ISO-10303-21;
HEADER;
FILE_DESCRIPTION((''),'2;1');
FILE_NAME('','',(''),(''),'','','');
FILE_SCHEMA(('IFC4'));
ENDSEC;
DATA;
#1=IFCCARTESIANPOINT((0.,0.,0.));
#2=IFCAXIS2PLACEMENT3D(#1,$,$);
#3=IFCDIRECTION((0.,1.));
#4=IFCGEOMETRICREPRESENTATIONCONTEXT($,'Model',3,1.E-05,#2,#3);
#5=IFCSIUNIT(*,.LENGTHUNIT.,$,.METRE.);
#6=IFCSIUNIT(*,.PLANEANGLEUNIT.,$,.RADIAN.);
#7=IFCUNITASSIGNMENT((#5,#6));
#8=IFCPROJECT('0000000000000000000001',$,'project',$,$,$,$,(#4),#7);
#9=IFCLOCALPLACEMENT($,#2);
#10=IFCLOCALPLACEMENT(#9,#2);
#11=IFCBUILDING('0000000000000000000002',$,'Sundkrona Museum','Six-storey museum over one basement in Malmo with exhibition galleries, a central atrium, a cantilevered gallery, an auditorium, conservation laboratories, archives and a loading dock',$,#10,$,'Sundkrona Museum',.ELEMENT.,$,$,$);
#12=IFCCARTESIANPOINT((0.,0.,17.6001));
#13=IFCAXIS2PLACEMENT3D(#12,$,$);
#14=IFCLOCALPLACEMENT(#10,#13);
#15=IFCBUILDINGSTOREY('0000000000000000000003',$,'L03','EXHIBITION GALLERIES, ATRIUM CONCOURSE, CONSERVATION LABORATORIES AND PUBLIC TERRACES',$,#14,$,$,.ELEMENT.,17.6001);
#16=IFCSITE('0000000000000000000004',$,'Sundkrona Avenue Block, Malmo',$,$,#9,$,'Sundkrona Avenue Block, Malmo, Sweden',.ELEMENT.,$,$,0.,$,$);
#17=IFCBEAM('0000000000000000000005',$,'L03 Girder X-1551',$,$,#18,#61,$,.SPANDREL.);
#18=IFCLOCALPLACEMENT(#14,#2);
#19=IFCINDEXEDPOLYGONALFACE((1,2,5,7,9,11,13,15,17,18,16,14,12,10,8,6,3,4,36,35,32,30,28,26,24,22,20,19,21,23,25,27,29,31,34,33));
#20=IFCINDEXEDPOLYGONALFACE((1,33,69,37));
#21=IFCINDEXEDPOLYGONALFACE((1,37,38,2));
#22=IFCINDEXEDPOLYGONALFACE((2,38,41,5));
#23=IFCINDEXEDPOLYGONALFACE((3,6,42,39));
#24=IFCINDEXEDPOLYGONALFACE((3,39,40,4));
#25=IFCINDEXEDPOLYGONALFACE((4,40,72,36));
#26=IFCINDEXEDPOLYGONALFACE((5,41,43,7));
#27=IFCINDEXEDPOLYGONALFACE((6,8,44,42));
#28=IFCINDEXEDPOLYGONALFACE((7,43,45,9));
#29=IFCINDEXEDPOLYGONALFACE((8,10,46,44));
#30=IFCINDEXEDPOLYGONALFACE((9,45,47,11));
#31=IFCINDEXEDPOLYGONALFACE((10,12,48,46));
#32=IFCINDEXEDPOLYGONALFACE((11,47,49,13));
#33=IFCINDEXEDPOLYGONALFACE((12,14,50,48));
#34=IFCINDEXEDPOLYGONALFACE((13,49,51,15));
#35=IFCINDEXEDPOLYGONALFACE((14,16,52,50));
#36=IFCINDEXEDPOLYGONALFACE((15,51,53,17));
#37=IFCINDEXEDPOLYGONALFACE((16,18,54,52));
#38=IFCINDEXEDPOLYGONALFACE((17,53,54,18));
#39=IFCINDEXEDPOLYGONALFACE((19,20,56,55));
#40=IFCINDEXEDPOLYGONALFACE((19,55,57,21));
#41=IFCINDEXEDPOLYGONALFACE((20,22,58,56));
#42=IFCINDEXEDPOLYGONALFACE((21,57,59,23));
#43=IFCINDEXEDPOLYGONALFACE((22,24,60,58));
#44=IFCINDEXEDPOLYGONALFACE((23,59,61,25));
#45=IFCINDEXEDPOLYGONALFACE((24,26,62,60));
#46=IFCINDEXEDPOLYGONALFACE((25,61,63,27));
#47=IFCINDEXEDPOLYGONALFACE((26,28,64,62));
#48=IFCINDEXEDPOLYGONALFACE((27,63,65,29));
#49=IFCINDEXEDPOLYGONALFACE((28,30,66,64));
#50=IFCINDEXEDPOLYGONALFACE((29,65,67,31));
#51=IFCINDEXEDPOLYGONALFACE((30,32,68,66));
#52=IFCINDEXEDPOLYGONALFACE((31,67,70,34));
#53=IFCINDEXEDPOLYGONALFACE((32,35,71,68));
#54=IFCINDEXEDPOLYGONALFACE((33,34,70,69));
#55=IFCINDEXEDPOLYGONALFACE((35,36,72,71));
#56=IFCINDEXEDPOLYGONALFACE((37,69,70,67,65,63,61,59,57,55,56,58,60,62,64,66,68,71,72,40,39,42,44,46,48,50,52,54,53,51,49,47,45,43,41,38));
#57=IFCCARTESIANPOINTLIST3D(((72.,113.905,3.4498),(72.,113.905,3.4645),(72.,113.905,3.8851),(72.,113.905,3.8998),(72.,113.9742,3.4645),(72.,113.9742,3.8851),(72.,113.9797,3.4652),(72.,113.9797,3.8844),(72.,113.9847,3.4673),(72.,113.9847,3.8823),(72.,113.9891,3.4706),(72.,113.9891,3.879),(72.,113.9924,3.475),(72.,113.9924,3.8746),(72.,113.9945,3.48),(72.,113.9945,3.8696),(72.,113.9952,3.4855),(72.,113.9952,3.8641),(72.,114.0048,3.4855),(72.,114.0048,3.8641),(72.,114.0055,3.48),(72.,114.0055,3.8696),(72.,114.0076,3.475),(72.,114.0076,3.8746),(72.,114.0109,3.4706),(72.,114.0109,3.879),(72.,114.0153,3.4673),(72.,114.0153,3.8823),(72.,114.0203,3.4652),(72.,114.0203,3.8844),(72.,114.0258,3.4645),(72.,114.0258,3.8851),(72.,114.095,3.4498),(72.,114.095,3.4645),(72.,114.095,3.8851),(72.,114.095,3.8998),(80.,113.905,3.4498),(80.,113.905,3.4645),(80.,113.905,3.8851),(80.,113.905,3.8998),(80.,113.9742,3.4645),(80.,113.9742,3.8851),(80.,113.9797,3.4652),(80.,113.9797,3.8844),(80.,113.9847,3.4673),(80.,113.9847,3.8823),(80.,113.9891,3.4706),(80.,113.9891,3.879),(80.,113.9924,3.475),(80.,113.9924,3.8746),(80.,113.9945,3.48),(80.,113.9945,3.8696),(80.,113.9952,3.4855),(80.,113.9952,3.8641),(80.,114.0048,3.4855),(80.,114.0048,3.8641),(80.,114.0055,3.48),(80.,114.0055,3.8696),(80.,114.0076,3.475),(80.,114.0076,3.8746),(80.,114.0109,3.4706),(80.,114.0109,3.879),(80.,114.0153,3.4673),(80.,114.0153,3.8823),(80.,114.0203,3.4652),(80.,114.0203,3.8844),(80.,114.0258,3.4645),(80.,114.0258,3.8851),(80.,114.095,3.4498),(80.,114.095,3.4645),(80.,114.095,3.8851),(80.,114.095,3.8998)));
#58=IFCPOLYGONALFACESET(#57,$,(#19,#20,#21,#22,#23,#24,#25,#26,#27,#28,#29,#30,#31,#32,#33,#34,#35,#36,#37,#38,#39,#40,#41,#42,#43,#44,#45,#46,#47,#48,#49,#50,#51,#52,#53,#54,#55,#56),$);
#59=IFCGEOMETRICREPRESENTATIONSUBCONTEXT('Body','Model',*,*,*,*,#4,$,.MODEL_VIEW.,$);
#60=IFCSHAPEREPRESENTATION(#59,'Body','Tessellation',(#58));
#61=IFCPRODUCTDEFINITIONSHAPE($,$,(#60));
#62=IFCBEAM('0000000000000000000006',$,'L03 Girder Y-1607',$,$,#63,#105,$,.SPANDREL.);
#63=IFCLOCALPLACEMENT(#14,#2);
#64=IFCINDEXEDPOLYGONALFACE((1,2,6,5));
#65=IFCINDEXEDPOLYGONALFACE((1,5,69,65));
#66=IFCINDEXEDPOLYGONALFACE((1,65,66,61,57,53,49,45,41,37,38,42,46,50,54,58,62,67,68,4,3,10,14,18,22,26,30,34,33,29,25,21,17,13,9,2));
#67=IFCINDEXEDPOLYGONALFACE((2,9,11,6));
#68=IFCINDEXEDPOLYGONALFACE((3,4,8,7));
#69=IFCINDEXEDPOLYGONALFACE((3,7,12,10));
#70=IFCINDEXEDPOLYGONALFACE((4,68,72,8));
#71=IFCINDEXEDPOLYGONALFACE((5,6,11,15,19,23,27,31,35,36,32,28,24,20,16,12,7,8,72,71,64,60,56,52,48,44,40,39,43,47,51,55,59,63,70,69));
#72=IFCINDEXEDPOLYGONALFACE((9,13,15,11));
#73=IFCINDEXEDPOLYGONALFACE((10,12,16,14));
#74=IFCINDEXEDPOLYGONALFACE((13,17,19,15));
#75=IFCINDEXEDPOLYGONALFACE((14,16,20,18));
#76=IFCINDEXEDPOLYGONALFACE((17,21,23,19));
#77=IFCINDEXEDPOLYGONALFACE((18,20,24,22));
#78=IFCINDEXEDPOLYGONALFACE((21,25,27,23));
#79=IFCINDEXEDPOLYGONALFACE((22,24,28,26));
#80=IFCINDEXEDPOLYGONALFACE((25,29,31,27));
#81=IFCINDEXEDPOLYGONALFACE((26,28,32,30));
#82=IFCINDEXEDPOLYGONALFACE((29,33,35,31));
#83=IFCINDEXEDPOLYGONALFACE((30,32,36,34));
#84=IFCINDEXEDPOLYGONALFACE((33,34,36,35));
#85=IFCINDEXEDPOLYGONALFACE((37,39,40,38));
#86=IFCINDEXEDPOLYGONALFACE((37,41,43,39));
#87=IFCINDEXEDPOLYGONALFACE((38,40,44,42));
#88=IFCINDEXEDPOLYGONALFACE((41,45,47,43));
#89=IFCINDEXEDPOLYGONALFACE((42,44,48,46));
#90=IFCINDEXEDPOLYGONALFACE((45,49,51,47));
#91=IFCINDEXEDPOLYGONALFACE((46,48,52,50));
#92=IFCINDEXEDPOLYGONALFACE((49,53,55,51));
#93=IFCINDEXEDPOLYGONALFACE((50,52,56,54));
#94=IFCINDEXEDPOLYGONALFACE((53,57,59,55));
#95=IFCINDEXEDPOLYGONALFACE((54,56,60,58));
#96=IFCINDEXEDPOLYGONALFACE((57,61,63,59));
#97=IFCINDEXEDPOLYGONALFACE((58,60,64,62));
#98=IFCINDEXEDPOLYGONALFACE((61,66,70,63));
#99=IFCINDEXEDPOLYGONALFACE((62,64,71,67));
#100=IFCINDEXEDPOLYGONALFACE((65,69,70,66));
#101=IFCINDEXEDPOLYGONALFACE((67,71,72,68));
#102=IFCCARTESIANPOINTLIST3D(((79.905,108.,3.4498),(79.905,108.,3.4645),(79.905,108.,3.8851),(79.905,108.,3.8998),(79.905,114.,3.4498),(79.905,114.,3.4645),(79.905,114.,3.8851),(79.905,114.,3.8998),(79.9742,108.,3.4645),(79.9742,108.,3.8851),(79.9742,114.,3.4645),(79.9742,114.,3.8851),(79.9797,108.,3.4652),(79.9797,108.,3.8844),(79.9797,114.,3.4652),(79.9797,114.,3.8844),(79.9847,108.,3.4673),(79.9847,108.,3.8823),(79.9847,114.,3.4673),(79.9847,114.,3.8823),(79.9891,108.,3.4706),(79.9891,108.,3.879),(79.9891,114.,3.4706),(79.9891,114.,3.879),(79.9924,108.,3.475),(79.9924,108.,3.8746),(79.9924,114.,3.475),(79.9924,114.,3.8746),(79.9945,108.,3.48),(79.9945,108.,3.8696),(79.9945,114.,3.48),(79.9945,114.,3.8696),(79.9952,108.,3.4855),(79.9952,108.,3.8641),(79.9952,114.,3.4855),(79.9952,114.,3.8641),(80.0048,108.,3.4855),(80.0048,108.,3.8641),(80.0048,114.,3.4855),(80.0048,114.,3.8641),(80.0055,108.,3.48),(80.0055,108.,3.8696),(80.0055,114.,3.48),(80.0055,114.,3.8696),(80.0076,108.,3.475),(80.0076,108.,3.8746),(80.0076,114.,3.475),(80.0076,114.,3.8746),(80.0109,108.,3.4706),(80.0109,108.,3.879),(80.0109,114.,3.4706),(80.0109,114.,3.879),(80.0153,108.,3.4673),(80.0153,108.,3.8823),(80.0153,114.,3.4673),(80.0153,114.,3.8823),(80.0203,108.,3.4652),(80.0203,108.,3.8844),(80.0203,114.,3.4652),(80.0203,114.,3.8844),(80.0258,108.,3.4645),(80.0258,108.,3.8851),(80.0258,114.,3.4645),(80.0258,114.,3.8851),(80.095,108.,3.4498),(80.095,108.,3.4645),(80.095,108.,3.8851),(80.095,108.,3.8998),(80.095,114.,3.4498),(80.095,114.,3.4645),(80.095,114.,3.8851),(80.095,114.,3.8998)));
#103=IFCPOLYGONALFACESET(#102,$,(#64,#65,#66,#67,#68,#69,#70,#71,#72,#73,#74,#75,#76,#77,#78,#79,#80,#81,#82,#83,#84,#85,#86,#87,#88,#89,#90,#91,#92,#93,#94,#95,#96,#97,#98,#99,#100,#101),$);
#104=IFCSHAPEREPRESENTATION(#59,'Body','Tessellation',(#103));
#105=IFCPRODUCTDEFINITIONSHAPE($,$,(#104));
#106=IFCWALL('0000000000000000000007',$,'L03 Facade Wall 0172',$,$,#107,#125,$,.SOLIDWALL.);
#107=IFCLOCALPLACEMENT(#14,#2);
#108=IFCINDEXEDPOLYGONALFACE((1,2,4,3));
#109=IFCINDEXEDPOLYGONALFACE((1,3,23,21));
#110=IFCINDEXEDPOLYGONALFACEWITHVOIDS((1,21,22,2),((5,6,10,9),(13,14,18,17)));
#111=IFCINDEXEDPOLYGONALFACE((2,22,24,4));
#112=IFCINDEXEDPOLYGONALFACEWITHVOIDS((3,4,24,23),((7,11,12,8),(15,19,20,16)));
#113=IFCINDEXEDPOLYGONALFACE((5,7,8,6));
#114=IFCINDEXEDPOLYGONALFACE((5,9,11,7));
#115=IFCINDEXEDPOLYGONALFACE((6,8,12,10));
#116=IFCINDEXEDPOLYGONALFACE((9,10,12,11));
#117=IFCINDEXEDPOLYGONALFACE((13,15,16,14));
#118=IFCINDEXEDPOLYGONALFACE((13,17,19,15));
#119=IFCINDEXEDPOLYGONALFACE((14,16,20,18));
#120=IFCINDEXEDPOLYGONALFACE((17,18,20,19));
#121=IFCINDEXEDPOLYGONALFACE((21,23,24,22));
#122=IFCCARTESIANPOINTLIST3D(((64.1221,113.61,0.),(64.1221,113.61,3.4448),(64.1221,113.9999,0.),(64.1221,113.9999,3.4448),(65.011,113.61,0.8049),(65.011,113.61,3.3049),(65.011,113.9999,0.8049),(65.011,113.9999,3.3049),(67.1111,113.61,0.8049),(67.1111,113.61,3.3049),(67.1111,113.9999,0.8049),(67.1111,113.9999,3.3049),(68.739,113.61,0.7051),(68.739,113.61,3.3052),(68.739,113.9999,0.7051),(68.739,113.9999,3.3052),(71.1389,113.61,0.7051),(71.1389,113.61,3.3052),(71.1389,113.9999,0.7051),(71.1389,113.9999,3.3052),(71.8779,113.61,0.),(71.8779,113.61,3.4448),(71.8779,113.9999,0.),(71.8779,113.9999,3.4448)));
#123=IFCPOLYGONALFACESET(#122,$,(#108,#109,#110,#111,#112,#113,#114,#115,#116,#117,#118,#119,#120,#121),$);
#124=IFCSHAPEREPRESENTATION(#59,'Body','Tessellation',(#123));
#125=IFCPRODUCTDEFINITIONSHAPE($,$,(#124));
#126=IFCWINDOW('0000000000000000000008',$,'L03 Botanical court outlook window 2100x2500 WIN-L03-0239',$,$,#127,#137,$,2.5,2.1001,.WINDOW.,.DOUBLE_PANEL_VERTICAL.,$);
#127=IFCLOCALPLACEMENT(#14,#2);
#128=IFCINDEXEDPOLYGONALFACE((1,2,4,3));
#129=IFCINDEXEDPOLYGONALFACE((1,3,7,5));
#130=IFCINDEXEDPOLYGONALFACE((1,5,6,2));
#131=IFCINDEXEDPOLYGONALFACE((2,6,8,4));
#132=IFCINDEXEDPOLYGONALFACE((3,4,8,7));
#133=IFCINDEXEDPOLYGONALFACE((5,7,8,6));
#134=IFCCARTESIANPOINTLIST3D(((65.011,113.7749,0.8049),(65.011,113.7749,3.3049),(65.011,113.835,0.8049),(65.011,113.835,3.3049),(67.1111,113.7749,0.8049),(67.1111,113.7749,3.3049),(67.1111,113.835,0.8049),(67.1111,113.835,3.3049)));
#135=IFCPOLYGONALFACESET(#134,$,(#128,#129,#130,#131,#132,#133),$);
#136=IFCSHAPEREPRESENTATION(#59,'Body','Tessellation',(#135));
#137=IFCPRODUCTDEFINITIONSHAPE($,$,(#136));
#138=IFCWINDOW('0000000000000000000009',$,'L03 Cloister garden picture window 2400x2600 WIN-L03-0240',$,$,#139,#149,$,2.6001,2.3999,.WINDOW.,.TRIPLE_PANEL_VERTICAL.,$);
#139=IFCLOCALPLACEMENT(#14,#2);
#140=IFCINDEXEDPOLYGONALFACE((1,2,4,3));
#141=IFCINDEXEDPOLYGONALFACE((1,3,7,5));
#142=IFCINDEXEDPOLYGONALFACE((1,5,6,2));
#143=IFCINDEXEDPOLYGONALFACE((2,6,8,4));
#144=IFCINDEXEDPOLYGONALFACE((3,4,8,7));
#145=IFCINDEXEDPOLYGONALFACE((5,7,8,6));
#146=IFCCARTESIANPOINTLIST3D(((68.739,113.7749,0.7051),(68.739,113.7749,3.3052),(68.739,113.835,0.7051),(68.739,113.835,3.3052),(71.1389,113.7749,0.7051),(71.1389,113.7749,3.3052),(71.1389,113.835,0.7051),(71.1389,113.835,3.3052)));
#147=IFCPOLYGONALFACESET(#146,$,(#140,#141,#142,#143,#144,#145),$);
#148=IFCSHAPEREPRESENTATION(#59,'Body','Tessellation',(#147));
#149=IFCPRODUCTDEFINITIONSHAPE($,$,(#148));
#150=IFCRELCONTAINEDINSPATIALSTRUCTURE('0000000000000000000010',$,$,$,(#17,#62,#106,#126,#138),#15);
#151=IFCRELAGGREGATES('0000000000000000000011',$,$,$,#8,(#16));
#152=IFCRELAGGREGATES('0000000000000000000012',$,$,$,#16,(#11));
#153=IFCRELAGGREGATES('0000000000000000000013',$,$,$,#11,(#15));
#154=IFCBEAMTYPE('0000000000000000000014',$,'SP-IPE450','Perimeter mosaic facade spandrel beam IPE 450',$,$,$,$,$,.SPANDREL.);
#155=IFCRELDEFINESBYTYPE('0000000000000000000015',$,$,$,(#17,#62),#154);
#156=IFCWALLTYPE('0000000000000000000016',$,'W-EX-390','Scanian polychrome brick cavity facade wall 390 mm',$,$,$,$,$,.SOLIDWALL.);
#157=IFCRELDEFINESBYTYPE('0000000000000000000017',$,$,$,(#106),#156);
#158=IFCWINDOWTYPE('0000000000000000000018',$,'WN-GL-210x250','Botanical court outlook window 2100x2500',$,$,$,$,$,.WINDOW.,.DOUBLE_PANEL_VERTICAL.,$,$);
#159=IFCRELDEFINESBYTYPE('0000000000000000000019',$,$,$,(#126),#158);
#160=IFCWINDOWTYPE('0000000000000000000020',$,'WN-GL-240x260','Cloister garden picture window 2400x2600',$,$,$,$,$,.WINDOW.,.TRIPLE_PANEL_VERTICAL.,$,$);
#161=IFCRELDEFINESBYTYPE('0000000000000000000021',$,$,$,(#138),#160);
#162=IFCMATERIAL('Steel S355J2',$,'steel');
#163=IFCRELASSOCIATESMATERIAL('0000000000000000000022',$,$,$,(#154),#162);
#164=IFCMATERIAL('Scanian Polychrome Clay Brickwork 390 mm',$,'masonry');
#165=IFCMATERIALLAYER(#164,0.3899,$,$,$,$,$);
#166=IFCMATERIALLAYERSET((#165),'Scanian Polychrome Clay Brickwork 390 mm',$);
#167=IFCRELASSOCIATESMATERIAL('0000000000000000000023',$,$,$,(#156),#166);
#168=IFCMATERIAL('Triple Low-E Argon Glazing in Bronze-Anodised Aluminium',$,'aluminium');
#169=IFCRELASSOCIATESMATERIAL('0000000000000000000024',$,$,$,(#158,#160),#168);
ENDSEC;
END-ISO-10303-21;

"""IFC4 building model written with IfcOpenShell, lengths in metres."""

from ifc_helpers import new_model, si_unit, direction, frame, frame_2d, origin, origin_2d, place, context, subcontext, project, spatial, rectangle, i_section, extrude, material, layer, layer_set, material_profile, profile_set, type_object, element, fill, save


model = new_model("IFC4")

# Units and contexts
model_context = context("Model", 3, precision=1e-05, world=origin(), true_north=direction((0.0, 1.0)))
body_context = subcontext(model_context, "Body", "Model", "MODEL_VIEW")
ifc_project = project(units=[si_unit("LENGTHUNIT", "METRE"), si_unit("PLANEANGLEUNIT", "RADIAN")], contexts=[model_context])

# Site, building, storey
site_placement = place(None, origin())
site = spatial("IfcSite", under=ifc_project, at=site_placement, Name="Sundkrona Avenue Block, Malmo", LongName="Sundkrona Avenue Block, Malmo, Sweden", CompositionType="ELEMENT", RefElevation=0.0)
building_placement = place(site_placement, origin())
building = spatial("IfcBuilding", under=site, at=building_placement, Name="Sundkrona Museum", Description="Six-storey museum over one basement in Malmo with exhibition galleries, a central atrium, a cantilevered gallery, an auditorium, conservation laboratories, archives and a loading dock", LongName="Sundkrona Museum", CompositionType="ELEMENT")
storey_placement = place(building_placement, frame((0.0, 0.0, 17.6001)))
storey = spatial("IfcBuildingStorey", under=building, at=storey_placement, Name="L03", Description="EXHIBITION GALLERIES, ATRIUM CONCOURSE, CONSERVATION LABORATORIES AND PUBLIC TERRACES", CompositionType="ELEMENT", Elevation=17.6001)

# Shared definitions
ifc_material_1 = material(Name="Steel S355J2", Category="steel")

# Beams
ifc_material_profile_1 = material_profile(ifc_material_1, i_section(OverallWidth=0.1899, OverallDepth=0.45, WebThickness=0.0095, FlangeThickness=0.0146, FilletRadius=0.021, at=origin_2d()), Name="IPE 450")
ifc_profile_set_1 = profile_set([ifc_material_profile_1], Name="Steel S355J2")
beam_type_1 = type_object("IfcBeamType", Name="SP-IPE450", Description="Perimeter mosaic facade spandrel beam IPE 450", PredefinedType="SPANDREL", material=ifc_profile_set_1)
for number, where, z_axis, x_axis, name in (
    (1, (72.0, 114.0, 3.6748), (1.0, 0.0, 0.0), (0.0, 1.0, 0.0), "L03 Girder X-1551"),
):
    element("IfcBeam", number, at=place(storey_placement, frame(where, z_axis=z_axis, x_axis=x_axis)), inside=storey, type_object=beam_type_1, Name=name, PredefinedType="SPANDREL", context=body_context, shape_type="SweptSolid", body=[
        extrude(i_section(OverallWidth=0.1899, OverallDepth=0.45, WebThickness=0.0095, FlangeThickness=0.0146, FilletRadius=0.021, at=origin_2d()), origin(), (0.0, 0.0, 1.0), 8.0),
    ])
beam_1_placement = place(storey_placement, frame((80.0, 108.0, 3.6748), z_axis=(0.0, 1.0, 0.0), x_axis=(-1.0, 0.0, 0.0)))
element("IfcBeam", 2, at=beam_1_placement, inside=storey, type_object=beam_type_1, Name="L03 Girder Y-1607", PredefinedType="SPANDREL", context=body_context, shape_type="SweptSolid", body=[
    extrude(i_section(OverallWidth=0.1899, OverallDepth=0.45, WebThickness=0.0095, FlangeThickness=0.0146, FilletRadius=0.021, at=origin_2d()), origin(), (0.0, 0.0, 1.0), 6.0),
])

# Wall, openings, windows
ifc_material_2 = material(Name="Scanian Polychrome Clay Brickwork 390 mm", Category="masonry")
ifc_layer = layer(ifc_material_2, 0.3899)
ifc_layer_set = layer_set([ifc_layer], Name="Scanian Polychrome Clay Brickwork 390 mm")
wall_type = type_object("IfcWallType", Name="W-EX-390", Description="Scanian polychrome brick cavity facade wall 390 mm", PredefinedType="SOLIDWALL", material=ifc_layer_set)
wall_1_placement = place(storey_placement, frame((64.1221, 113.8049, 0.0), z_axis=(0.0, 0.0, 1.0), x_axis=(1.0, 0.0, 0.0)))
wall_1 = element("IfcWall", 3, at=wall_1_placement, inside=storey, type_object=wall_type, Name="L03 Facade Wall 0172", PredefinedType="SOLIDWALL", context=body_context, shape_type="SweptSolid", body=[
    extrude(rectangle(XDim=7.7559, YDim=0.3899, at=frame_2d((3.8779, 0.0))), origin(), (0.0, 0.0, 1.0), 3.4448),
])
opening_1_placement = place(wall_1_placement, frame((0.8889, 0.0, 0.8049)))
opening_1 = element("IfcOpeningElement", 4, at=opening_1_placement, cuts=wall_1, PredefinedType="OPENING", context=body_context, shape_type="SweptSolid", body=[
    extrude(rectangle(XDim=2.1001, YDim=2.5, at=frame_2d((1.05, 1.25))), frame((0.0, 0.2048, 0.0), z_axis=(0.0, -1.0, 0.0), x_axis=(1.0, 0.0, 0.0)), (0.0, 0.0, 1.0), 0.4099),
])
opening_2_placement = place(wall_1_placement, frame((4.6169, 0.0, 0.7051)))
opening_2 = element("IfcOpeningElement", 5, at=opening_2_placement, cuts=wall_1, PredefinedType="OPENING", context=body_context, shape_type="SweptSolid", body=[
    extrude(rectangle(XDim=2.3999, YDim=2.6001, at=frame_2d((1.2, 1.3))), frame((0.0, 0.2048, 0.0), z_axis=(0.0, -1.0, 0.0), x_axis=(1.0, 0.0, 0.0)), (0.0, 0.0, 1.0), 0.4099),
])
ifc_material_3 = material(Name="Triple Low-E Argon Glazing in Bronze-Anodised Aluminium", Category="aluminium")
window_type_1 = type_object("IfcWindowType", Name="WN-GL-210x250", Description="Botanical court outlook window 2100x2500", PartitioningType="DOUBLE_PANEL_VERTICAL", PredefinedType="WINDOW", material=ifc_material_3)
window_1_placement = place(opening_1_placement, origin())
window_1 = element("IfcWindow", 6, at=window_1_placement, inside=storey, type_object=window_type_1, Name="L03 Botanical court outlook window 2100x2500 WIN-L03-0239", OverallHeight=2.5, OverallWidth=2.1001, PartitioningType="DOUBLE_PANEL_VERTICAL", PredefinedType="WINDOW", context=body_context, shape_type="SweptSolid", body=[
    extrude(rectangle(XDim=2.1001, YDim=2.5, at=frame_2d((1.05, 1.25))), frame((0.0, 0.03, 0.0), z_axis=(0.0, -1.0, 0.0), x_axis=(1.0, 0.0, 0.0)), (0.0, 0.0, 1.0), 0.0601),
])
fill(opening_1, window_1)
window_type_2 = type_object("IfcWindowType", Name="WN-GL-240x260", Description="Cloister garden picture window 2400x2600", PartitioningType="TRIPLE_PANEL_VERTICAL", PredefinedType="WINDOW", material=ifc_material_3)
window_2_placement = place(opening_2_placement, origin())
window_2 = element("IfcWindow", 7, at=window_2_placement, inside=storey, type_object=window_type_2, Name="L03 Cloister garden picture window 2400x2600 WIN-L03-0240", OverallHeight=2.6001, OverallWidth=2.3999, PartitioningType="TRIPLE_PANEL_VERTICAL", PredefinedType="WINDOW", context=body_context, shape_type="SweptSolid", body=[
    extrude(rectangle(XDim=2.3999, YDim=2.6001, at=frame_2d((1.2, 1.3))), frame((0.0, 0.03, 0.0), z_axis=(0.0, -1.0, 0.0), x_axis=(1.0, 0.0, 0.0)), (0.0, 0.0, 1.0), 0.0601),
])
fill(opening_2, window_2)

save(model, "model.ifc")
